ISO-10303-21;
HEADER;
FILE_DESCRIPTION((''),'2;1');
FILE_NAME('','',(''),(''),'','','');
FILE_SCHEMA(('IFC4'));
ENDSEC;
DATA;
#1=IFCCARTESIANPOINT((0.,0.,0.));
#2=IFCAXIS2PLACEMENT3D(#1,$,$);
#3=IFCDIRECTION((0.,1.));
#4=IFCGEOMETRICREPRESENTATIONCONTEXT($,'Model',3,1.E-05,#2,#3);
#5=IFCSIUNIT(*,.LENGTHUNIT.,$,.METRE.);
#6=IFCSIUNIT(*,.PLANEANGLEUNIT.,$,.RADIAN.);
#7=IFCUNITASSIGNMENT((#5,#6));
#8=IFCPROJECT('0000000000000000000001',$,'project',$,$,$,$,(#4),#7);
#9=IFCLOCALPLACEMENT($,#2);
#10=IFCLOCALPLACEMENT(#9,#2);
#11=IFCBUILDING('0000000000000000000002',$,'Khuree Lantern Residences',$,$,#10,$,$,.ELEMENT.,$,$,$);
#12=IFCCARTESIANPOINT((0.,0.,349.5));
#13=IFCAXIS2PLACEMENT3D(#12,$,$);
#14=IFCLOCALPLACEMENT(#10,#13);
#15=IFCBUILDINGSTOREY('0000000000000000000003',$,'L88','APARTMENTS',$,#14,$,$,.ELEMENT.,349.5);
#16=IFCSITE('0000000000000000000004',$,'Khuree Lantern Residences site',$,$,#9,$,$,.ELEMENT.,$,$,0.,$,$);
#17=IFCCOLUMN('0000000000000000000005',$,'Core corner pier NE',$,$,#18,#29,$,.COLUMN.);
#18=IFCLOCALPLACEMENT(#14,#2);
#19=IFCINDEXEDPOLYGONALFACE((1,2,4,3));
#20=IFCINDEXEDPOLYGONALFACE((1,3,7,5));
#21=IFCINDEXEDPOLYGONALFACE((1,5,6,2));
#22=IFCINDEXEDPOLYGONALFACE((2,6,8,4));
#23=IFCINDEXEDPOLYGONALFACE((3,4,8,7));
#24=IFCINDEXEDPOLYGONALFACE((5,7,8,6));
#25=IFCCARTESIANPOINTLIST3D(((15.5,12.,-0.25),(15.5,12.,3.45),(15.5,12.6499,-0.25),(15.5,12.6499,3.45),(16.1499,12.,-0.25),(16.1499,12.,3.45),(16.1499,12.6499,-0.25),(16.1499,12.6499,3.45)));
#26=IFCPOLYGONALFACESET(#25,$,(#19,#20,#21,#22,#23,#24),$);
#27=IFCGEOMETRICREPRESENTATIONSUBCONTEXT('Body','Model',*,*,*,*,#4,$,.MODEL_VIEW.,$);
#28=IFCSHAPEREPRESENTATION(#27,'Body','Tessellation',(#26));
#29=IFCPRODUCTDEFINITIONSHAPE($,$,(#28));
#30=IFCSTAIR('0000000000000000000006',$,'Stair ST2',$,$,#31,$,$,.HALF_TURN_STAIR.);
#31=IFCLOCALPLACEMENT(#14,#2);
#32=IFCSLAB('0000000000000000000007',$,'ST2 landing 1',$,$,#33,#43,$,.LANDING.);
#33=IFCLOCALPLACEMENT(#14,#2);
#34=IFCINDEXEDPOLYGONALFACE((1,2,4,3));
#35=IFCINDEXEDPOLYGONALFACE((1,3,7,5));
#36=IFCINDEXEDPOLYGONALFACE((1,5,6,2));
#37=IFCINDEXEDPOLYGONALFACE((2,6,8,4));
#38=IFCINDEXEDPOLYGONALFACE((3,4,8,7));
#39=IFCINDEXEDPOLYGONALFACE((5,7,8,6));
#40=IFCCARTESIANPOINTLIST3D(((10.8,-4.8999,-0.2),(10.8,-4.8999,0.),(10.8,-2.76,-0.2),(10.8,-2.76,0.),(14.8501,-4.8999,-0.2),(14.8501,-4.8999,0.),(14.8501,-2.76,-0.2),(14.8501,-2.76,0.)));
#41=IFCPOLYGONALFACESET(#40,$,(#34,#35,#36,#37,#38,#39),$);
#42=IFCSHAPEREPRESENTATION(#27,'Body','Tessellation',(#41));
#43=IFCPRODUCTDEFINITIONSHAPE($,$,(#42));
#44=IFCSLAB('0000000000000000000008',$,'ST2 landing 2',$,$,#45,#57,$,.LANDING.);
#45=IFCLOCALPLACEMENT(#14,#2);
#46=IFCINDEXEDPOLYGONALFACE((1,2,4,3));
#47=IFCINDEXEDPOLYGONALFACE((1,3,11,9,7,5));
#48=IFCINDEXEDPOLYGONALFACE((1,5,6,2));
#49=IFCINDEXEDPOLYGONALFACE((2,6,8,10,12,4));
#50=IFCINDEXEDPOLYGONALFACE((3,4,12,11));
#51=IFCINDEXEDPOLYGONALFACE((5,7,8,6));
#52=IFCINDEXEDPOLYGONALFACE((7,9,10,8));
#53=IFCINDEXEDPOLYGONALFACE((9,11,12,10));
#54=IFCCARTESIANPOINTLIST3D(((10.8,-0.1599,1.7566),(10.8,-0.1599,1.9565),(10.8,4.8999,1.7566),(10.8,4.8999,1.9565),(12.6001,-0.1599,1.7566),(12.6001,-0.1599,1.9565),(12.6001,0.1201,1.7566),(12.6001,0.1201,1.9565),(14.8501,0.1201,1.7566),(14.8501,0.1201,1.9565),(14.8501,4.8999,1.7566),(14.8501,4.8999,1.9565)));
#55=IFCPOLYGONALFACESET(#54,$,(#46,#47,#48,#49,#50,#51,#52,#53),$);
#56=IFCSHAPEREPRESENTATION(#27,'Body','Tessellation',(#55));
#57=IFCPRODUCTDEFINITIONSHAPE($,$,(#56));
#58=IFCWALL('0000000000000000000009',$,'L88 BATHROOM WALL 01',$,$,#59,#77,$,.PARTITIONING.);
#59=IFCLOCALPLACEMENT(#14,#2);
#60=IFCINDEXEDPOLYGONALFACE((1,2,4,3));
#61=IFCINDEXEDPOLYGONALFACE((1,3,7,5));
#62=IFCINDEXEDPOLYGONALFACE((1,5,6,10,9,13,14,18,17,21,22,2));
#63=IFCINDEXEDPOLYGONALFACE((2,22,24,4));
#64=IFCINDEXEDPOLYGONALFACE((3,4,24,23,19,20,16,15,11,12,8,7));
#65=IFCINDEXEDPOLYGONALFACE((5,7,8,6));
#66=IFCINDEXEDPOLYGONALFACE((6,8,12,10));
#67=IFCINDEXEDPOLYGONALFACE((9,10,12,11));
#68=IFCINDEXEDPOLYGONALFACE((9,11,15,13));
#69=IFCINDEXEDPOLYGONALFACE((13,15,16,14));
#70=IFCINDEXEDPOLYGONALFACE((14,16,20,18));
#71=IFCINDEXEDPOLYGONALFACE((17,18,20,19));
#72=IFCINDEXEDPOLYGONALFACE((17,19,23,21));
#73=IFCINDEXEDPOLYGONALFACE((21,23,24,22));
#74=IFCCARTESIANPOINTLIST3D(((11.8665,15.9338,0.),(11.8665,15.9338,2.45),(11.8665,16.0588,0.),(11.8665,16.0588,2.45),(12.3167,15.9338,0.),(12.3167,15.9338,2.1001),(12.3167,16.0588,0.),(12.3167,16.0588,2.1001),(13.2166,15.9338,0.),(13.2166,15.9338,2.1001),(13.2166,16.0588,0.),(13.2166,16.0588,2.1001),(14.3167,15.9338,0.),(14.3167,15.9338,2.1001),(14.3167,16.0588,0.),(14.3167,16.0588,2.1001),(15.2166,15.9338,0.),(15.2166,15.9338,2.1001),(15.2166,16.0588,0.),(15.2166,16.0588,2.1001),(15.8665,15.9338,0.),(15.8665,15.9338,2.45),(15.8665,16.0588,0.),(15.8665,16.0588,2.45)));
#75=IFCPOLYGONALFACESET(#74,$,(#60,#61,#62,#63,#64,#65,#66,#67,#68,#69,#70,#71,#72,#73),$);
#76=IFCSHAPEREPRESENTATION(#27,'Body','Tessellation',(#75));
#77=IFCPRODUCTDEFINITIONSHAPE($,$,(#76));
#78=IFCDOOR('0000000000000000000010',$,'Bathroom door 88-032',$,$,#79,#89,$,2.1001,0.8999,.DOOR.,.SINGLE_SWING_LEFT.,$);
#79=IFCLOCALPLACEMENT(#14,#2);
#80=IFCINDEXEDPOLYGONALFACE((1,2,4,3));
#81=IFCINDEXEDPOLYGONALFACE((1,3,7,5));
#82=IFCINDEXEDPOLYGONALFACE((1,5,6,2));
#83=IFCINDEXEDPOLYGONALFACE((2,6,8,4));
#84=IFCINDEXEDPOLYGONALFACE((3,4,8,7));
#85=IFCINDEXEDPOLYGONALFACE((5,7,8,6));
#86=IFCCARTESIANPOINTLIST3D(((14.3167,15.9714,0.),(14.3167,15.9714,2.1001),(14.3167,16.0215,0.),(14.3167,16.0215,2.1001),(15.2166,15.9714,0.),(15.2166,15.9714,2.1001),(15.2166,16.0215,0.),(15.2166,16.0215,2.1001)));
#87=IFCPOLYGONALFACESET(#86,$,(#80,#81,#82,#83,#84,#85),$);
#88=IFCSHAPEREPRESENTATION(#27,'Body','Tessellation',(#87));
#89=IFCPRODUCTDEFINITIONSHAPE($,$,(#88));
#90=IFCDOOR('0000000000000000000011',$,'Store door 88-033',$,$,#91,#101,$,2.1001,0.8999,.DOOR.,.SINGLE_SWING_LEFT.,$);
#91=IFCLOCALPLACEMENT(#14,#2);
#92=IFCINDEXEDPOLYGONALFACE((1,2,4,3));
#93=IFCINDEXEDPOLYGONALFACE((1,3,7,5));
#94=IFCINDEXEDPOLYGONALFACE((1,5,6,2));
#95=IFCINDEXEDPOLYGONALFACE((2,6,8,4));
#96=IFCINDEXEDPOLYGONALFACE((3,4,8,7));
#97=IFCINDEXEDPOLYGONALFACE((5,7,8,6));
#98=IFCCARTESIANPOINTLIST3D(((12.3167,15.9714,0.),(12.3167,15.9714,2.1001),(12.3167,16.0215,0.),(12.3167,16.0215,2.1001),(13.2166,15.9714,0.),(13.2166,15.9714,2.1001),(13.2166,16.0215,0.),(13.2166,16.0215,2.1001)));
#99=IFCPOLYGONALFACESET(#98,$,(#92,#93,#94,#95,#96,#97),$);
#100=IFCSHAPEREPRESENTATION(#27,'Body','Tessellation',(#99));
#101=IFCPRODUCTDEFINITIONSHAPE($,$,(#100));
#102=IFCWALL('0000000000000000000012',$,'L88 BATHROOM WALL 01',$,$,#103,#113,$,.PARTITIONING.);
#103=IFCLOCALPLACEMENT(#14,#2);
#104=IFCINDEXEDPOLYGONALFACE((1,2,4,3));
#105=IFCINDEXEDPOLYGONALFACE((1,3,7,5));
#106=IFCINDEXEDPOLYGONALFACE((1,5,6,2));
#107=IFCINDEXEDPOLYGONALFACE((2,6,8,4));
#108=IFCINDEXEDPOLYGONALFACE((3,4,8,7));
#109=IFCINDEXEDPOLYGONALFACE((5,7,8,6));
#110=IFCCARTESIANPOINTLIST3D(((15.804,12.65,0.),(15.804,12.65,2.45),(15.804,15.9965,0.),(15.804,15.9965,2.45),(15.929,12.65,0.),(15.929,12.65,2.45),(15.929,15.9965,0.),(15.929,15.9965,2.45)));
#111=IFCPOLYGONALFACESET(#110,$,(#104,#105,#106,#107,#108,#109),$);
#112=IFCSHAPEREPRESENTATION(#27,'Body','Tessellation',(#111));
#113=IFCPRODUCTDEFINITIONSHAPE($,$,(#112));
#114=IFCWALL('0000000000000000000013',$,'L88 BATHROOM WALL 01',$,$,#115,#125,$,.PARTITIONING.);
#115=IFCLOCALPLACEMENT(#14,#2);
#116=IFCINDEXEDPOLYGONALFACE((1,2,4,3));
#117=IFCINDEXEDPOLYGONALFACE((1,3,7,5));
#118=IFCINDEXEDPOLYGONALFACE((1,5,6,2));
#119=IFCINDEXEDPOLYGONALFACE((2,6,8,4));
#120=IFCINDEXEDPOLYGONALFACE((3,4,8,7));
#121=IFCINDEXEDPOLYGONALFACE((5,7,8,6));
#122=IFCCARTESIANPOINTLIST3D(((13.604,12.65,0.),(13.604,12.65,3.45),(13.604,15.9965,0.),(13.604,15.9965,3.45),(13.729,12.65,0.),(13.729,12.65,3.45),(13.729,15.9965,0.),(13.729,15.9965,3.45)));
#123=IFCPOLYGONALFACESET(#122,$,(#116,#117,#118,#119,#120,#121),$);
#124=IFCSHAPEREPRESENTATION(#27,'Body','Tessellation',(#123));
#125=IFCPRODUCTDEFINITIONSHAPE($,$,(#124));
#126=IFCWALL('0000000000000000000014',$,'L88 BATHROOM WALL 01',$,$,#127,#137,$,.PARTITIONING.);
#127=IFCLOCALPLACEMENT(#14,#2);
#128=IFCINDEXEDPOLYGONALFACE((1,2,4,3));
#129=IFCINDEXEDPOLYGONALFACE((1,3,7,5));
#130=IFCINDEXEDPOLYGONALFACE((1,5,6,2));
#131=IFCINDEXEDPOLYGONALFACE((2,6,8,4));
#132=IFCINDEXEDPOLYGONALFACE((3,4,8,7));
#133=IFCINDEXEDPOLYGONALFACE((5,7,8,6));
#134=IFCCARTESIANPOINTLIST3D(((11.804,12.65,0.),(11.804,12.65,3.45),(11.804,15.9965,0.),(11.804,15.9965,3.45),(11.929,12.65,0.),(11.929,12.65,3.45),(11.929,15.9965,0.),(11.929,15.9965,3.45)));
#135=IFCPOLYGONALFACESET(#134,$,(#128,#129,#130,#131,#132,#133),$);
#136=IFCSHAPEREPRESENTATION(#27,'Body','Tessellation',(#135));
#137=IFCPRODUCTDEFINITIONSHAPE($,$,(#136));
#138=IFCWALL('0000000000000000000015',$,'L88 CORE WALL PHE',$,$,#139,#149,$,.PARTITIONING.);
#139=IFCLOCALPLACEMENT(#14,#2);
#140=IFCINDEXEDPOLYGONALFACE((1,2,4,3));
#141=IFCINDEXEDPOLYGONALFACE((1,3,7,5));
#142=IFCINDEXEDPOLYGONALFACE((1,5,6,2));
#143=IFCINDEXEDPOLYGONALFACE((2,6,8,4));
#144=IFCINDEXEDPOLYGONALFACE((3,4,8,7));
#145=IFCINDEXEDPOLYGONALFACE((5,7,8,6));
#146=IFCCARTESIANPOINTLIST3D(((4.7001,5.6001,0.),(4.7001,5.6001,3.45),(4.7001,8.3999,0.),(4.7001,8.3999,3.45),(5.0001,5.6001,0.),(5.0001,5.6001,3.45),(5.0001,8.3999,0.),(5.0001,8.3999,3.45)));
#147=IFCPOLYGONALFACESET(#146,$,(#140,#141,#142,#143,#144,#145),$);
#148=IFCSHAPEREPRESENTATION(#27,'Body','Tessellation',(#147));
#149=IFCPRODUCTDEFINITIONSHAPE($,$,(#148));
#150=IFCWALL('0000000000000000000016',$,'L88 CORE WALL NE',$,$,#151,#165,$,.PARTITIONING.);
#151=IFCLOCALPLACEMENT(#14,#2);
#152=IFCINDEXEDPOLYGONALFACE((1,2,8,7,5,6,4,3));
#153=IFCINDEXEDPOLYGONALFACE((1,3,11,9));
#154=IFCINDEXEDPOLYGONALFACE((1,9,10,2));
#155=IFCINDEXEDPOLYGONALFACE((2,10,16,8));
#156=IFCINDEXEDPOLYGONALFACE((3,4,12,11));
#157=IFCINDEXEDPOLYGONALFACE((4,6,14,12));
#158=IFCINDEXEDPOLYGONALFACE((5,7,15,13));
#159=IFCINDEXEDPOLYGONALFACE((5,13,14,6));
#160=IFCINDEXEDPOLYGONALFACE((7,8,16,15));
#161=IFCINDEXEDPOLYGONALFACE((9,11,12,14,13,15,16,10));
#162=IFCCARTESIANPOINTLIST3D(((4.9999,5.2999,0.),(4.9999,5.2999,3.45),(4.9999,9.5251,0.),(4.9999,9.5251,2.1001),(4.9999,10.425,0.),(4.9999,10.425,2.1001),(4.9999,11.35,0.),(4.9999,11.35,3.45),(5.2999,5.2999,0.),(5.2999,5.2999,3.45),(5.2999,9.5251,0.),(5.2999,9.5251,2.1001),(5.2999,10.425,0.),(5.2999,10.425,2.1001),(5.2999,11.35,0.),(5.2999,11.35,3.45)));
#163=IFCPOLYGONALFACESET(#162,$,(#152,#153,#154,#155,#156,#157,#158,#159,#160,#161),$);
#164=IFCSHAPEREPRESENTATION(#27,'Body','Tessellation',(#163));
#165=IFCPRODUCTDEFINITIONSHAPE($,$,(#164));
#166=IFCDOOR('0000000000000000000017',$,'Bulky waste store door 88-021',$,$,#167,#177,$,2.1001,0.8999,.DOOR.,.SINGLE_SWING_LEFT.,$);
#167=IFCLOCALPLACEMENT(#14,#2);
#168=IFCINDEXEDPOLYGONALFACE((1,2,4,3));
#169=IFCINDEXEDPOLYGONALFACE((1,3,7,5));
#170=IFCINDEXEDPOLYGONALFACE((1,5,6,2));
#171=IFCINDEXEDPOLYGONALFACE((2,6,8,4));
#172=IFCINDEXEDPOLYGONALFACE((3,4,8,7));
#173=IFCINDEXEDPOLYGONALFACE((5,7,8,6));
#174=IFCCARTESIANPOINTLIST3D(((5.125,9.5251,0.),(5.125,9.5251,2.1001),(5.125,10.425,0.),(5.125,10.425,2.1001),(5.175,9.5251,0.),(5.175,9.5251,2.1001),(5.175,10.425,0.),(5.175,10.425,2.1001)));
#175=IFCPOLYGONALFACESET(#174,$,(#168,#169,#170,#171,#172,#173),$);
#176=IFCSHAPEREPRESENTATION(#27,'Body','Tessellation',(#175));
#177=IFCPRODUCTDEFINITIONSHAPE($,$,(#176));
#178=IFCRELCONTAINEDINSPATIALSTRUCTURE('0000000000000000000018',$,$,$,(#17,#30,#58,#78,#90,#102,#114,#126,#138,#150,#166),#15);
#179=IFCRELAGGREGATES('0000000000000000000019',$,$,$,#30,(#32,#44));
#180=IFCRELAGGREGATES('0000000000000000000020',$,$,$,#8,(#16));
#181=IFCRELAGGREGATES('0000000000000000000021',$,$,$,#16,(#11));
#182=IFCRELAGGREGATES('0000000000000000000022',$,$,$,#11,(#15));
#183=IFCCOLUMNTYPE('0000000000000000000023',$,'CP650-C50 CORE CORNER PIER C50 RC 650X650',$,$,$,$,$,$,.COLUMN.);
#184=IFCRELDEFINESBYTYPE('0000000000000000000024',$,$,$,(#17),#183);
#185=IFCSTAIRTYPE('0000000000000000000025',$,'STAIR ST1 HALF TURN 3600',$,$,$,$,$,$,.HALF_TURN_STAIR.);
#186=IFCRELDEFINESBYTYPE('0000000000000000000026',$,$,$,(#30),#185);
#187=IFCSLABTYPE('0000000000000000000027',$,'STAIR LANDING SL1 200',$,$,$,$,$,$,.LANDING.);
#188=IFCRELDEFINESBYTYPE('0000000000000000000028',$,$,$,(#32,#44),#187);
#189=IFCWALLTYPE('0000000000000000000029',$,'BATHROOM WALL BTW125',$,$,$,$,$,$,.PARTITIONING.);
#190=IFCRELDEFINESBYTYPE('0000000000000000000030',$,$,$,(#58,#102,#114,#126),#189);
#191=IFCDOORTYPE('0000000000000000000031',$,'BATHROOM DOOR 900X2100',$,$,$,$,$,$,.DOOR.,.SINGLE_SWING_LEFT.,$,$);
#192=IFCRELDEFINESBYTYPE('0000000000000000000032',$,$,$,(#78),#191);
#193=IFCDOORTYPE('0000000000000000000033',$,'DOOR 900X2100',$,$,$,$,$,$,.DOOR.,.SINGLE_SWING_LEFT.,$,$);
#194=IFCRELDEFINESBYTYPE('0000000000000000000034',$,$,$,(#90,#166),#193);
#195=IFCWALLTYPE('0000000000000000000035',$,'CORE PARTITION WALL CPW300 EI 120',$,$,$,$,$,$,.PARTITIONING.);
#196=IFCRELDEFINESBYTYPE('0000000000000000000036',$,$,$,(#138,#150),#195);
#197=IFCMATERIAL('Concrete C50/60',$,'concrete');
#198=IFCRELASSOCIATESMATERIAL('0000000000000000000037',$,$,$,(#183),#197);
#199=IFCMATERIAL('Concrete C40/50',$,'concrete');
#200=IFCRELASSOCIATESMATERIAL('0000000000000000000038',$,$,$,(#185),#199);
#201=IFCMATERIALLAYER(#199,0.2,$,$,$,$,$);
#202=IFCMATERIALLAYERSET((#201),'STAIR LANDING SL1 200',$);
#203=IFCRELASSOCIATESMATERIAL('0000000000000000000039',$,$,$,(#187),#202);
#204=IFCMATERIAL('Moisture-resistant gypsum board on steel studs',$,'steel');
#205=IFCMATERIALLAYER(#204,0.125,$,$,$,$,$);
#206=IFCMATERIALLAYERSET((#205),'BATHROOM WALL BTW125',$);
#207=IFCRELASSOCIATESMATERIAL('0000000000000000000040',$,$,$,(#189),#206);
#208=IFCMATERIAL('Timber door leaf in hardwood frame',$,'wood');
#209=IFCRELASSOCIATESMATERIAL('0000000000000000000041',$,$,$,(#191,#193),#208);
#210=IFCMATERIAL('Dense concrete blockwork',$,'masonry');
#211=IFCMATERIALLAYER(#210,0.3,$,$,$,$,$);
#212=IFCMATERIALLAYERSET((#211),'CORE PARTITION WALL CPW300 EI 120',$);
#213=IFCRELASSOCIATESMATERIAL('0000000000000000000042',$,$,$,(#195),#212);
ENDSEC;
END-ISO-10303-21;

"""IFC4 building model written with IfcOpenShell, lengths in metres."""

from ifc_helpers import new_model, si_unit, direction, frame, frame_2d, origin, origin_2d, place, context, subcontext, project, spatial, polyline, rectangle, outline, extrude, material, layer, layer_set, material_profile, profile_set, type_object, element, fill, aggregate, save


model = new_model("IFC4")

# Units and contexts
model_context = context("Model", 3, precision=1e-05, world=origin(), true_north=direction((0.0, 1.0)))
body_context = subcontext(model_context, "Body", "Model", "MODEL_VIEW")
ifc_project = project(units=[si_unit("LENGTHUNIT", "METRE"), si_unit("PLANEANGLEUNIT", "RADIAN")], contexts=[model_context])

# Site, building, storey
site_placement = place(None, origin())
site = spatial("IfcSite", under=ifc_project, at=site_placement, Name="Khuree Lantern Residences site", CompositionType="ELEMENT", RefElevation=0.0)
building_placement = place(site_placement, origin())
building = spatial("IfcBuilding", under=site, at=building_placement, Name="Khuree Lantern Residences", CompositionType="ELEMENT")
storey_placement = place(building_placement, frame((0.0, 0.0, 349.5)))
storey = spatial("IfcBuildingStorey", under=building, at=storey_placement, Name="L88", Description="APARTMENTS", CompositionType="ELEMENT", Elevation=349.5)

# Column
ifc_material_1 = material(Name="Concrete C50/60", Category="concrete")
ifc_material_profile = material_profile(ifc_material_1, rectangle(XDim=0.6499, YDim=0.6499, at=origin_2d()), Name="RC 650X650")
ifc_profile_set = profile_set([ifc_material_profile], Name="Concrete C50/60")
column_type = type_object("IfcColumnType", Name="CP650-C50 CORE CORNER PIER C50 RC 650X650", PredefinedType="COLUMN", material=ifc_profile_set)
column_placement = place(storey_placement, frame((15.825, 12.325, -0.25), z_axis=(0.0, 0.0, 1.0), x_axis=(1.0, 0.0, 0.0)))
element("IfcColumn", 1, at=column_placement, inside=storey, type_object=column_type, Name="Core corner pier NE", PredefinedType="COLUMN", context=body_context, shape_type="SweptSolid", body=[
    extrude(rectangle(XDim=0.6499, YDim=0.6499, at=origin_2d()), origin(), (0.0, 0.0, 1.0), 3.7),
])

# Stair, slabs
ifc_material_2 = material(Name="Concrete C40/50", Category="concrete")
stair_type = type_object("IfcStairType", Name="STAIR ST1 HALF TURN 3600", PredefinedType="HALF_TURN_STAIR", material=ifc_material_2)
stair_placement = place(storey_placement, origin())
stair = element("IfcStair", 2, at=stair_placement, inside=storey, type_object=stair_type, Name="Stair ST2", PredefinedType="HALF_TURN_STAIR")
ifc_layer_1 = layer(ifc_material_2, 0.2)
ifc_layer_set_1 = layer_set([ifc_layer_1], Name="STAIR LANDING SL1 200")
slab_type = type_object("IfcSlabType", Name="STAIR LANDING SL1 200", PredefinedType="LANDING", material=ifc_layer_set_1)
slab_1_placement = place(storey_placement, frame((0.0, 0.0, -0.2)))
slab_1 = element("IfcSlab", 3, at=slab_1_placement, type_object=slab_type, Name="ST2 landing 1", PredefinedType="LANDING", context=body_context, shape_type="SweptSolid", body=[
    extrude(outline(polyline([(10.8, -4.8999), (14.8501, -4.8999), (14.8501, -2.76), (10.8, -2.76), (10.8, -4.8999)])), origin(), (0.0, 0.0, 1.0), 0.2),
])
slab_2_placement = place(storey_placement, frame((0.0, 0.0, 1.7566)))
slab_2 = element("IfcSlab", 4, at=slab_2_placement, type_object=slab_type, Name="ST2 landing 2", PredefinedType="LANDING", context=body_context, shape_type="SweptSolid", body=[
    extrude(outline(polyline([(14.8501, 4.8999), (14.8501, 0.1201), (12.6001, 0.1201), (12.6001, -0.1599), (10.8, -0.1599), (10.8, 4.8999), (14.8501, 4.8999)])), origin(), (0.0, 0.0, 1.0), 0.2),
])
aggregate(stair, [slab_1, slab_2])

# Wall, openings, doors
ifc_material_3 = material(Name="Moisture-resistant gypsum board on steel studs", Category="steel")
ifc_layer_2 = layer(ifc_material_3, 0.125)
ifc_layer_set_2 = layer_set([ifc_layer_2], Name="BATHROOM WALL BTW125")
wall_type_1 = type_object("IfcWallType", Name="BATHROOM WALL BTW125", PredefinedType="PARTITIONING", material=ifc_layer_set_2)
wall_1_placement = place(storey_placement, frame((15.8665, 15.9963, 0.0), z_axis=(0.0, 0.0, 1.0), x_axis=(-1.0, 0.0, 0.0)))
wall_1 = element("IfcWall", 5, at=wall_1_placement, inside=storey, type_object=wall_type_1, Name="L88 BATHROOM WALL 01", PredefinedType="PARTITIONING", context=body_context, shape_type="SweptSolid", body=[
    extrude(rectangle(XDim=4.0, YDim=0.125, at=frame_2d((2.0, 0.0))), origin(), (0.0, 0.0, 1.0), 2.45),
])
opening_1_placement = place(wall_1_placement, frame((0.6499, 0.0, 0.0)))
opening_1 = element("IfcOpeningElement", 6, at=opening_1_placement, cuts=wall_1, PredefinedType="OPENING", context=body_context, shape_type="SweptSolid", body=[
    extrude(rectangle(XDim=0.8999, YDim=2.1001, at=frame_2d((0.45, 1.05))), frame((0.0, 0.0725, 0.0), z_axis=(0.0, -1.0, 0.0), x_axis=(1.0, 0.0, 0.0)), (0.0, 0.0, 1.0), 0.145),
])
opening_2_placement = place(wall_1_placement, frame((2.6499, 0.0, 0.0)))
opening_2 = element("IfcOpeningElement", 7, at=opening_2_placement, cuts=wall_1, PredefinedType="OPENING", context=body_context, shape_type="SweptSolid", body=[
    extrude(rectangle(XDim=0.8999, YDim=2.1001, at=frame_2d((0.45, 1.05))), frame((0.0, 0.0725, 0.0), z_axis=(0.0, -1.0, 0.0), x_axis=(1.0, 0.0, 0.0)), (0.0, 0.0, 1.0), 0.145),
])
ifc_material_4 = material(Name="Timber door leaf in hardwood frame", Category="wood")
door_type_1 = type_object("IfcDoorType", Name="BATHROOM DOOR 900X2100", OperationType="SINGLE_SWING_LEFT", PredefinedType="DOOR", material=ifc_material_4)
door_1_placement = place(opening_1_placement, origin())
door_1 = element("IfcDoor", 8, at=door_1_placement, inside=storey, type_object=door_type_1, Name="Bathroom door 88-032", OperationType="SINGLE_SWING_LEFT", OverallHeight=2.1001, OverallWidth=0.8999, PredefinedType="DOOR", context=body_context, shape_type="SweptSolid", body=[
    extrude(rectangle(XDim=0.8999, YDim=2.1001, at=frame_2d((0.45, 1.05))), frame((0.0, 0.0249, 0.0), z_axis=(0.0, -1.0, 0.0), x_axis=(1.0, 0.0, 0.0)), (0.0, 0.0, 1.0), 0.05),
])
fill(opening_1, door_1)
door_type_2 = type_object("IfcDoorType", Name="DOOR 900X2100", OperationType="SINGLE_SWING_LEFT", PredefinedType="DOOR", material=ifc_material_4)
door_2_placement = place(opening_2_placement, origin())
door_2 = element("IfcDoor", 9, at=door_2_placement, inside=storey, type_object=door_type_2, Name="Store door 88-033", OperationType="SINGLE_SWING_LEFT", OverallHeight=2.1001, OverallWidth=0.8999, PredefinedType="DOOR", context=body_context, shape_type="SweptSolid", body=[
    extrude(rectangle(XDim=0.8999, YDim=2.1001, at=frame_2d((0.45, 1.05))), frame((0.0, 0.0249, 0.0), z_axis=(0.0, -1.0, 0.0), x_axis=(1.0, 0.0, 0.0)), (0.0, 0.0, 1.0), 0.05),
])
fill(opening_2, door_2)

# Walls
wall_2_placement = place(storey_placement, frame((15.8665, 12.6499, 0.0), z_axis=(0.0, 0.0, 1.0), x_axis=(0.0, 1.0, 0.0)))
element("IfcWall", 10, at=wall_2_placement, inside=storey, type_object=wall_type_1, Name="L88 BATHROOM WALL 01", PredefinedType="PARTITIONING", context=body_context, shape_type="SweptSolid", body=[
    extrude(rectangle(XDim=3.3464, YDim=0.125, at=frame_2d((1.6733, 0.0))), origin(), (0.0, 0.0, 1.0), 2.45),
])
for number, where, z_axis, x_axis, name in (
    (11, (13.6665, 12.6499, 0.0), (0.0, 0.0, 1.0), (0.0, 1.0, 0.0), "L88 BATHROOM WALL 01"),
    (12, (11.8665, 12.6499, 0.0), (0.0, 0.0, 1.0), (0.0, 1.0, 0.0), "L88 BATHROOM WALL 01"),
):
    element("IfcWall", number, at=place(storey_placement, frame(where, z_axis=z_axis, x_axis=x_axis)), inside=storey, type_object=wall_type_1, Name=name, PredefinedType="PARTITIONING", context=body_context, shape_type="SweptSolid", body=[
        extrude(rectangle(XDim=3.3464, YDim=0.125, at=frame_2d((1.6733, 0.0))), origin(), (0.0, 0.0, 1.0), 3.45),
    ])
ifc_material_5 = material(Name="Dense concrete blockwork", Category="masonry")
ifc_layer_3 = layer(ifc_material_5, 0.3)
ifc_layer_set_3 = layer_set([ifc_layer_3], Name="CORE PARTITION WALL CPW300 EI 120")
wall_type_2 = type_object("IfcWallType", Name="CORE PARTITION WALL CPW300 EI 120", PredefinedType="PARTITIONING", material=ifc_layer_set_3)
wall_3_placement = place(storey_placement, frame((4.8501, 5.6001, 0.0), z_axis=(0.0, 0.0, 1.0), x_axis=(0.0, 1.0, 0.0)))
element("IfcWall", 13, at=wall_3_placement, inside=storey, type_object=wall_type_2, Name="L88 CORE WALL PHE", PredefinedType="PARTITIONING", context=body_context, shape_type="SweptSolid", body=[
    extrude(rectangle(XDim=2.7998, YDim=0.3, at=frame_2d((1.3999, 0.0))), origin(), (0.0, 0.0, 1.0), 3.45),
])

# Wall, opening, door
wall_4_placement = place(storey_placement, frame((5.1499, 5.3, 0.0), z_axis=(0.0, 0.0, 1.0), x_axis=(0.0, 1.0, 0.0)))
wall_4 = element("IfcWall", 14, at=wall_4_placement, inside=storey, type_object=wall_type_2, Name="L88 CORE WALL NE", PredefinedType="PARTITIONING", context=body_context, shape_type="SweptSolid", body=[
    extrude(rectangle(XDim=6.05, YDim=0.3, at=frame_2d((3.0249, 0.0))), origin(), (0.0, 0.0, 1.0), 3.45),
])
opening_3_placement = place(wall_4_placement, frame((4.2251, 0.0, 0.0)))
opening_3 = element("IfcOpeningElement", 15, at=opening_3_placement, cuts=wall_4, PredefinedType="OPENING", context=body_context, shape_type="SweptSolid", body=[
    extrude(rectangle(XDim=0.8999, YDim=2.1001, at=frame_2d((0.45, 1.05))), frame((0.0, 0.1602, 0.0), z_axis=(0.0, -1.0, 0.0), x_axis=(1.0, 0.0, 0.0)), (0.0, 0.0, 1.0), 0.3201),
])
door_3_placement = place(opening_3_placement, origin())
door_3 = element("IfcDoor", 16, at=door_3_placement, inside=storey, type_object=door_type_2, Name="Bulky waste store door 88-021", OperationType="SINGLE_SWING_LEFT", OverallHeight=2.1001, OverallWidth=0.8999, PredefinedType="DOOR", context=body_context, shape_type="SweptSolid", body=[
    extrude(rectangle(XDim=0.8999, YDim=2.1001, at=frame_2d((0.45, 1.05))), frame((0.0, 0.0249, 0.0), z_axis=(0.0, -1.0, 0.0), x_axis=(1.0, 0.0, 0.0)), (0.0, 0.0, 1.0), 0.05),
])
fill(opening_3, door_3)

save(model, "model.ifc")
